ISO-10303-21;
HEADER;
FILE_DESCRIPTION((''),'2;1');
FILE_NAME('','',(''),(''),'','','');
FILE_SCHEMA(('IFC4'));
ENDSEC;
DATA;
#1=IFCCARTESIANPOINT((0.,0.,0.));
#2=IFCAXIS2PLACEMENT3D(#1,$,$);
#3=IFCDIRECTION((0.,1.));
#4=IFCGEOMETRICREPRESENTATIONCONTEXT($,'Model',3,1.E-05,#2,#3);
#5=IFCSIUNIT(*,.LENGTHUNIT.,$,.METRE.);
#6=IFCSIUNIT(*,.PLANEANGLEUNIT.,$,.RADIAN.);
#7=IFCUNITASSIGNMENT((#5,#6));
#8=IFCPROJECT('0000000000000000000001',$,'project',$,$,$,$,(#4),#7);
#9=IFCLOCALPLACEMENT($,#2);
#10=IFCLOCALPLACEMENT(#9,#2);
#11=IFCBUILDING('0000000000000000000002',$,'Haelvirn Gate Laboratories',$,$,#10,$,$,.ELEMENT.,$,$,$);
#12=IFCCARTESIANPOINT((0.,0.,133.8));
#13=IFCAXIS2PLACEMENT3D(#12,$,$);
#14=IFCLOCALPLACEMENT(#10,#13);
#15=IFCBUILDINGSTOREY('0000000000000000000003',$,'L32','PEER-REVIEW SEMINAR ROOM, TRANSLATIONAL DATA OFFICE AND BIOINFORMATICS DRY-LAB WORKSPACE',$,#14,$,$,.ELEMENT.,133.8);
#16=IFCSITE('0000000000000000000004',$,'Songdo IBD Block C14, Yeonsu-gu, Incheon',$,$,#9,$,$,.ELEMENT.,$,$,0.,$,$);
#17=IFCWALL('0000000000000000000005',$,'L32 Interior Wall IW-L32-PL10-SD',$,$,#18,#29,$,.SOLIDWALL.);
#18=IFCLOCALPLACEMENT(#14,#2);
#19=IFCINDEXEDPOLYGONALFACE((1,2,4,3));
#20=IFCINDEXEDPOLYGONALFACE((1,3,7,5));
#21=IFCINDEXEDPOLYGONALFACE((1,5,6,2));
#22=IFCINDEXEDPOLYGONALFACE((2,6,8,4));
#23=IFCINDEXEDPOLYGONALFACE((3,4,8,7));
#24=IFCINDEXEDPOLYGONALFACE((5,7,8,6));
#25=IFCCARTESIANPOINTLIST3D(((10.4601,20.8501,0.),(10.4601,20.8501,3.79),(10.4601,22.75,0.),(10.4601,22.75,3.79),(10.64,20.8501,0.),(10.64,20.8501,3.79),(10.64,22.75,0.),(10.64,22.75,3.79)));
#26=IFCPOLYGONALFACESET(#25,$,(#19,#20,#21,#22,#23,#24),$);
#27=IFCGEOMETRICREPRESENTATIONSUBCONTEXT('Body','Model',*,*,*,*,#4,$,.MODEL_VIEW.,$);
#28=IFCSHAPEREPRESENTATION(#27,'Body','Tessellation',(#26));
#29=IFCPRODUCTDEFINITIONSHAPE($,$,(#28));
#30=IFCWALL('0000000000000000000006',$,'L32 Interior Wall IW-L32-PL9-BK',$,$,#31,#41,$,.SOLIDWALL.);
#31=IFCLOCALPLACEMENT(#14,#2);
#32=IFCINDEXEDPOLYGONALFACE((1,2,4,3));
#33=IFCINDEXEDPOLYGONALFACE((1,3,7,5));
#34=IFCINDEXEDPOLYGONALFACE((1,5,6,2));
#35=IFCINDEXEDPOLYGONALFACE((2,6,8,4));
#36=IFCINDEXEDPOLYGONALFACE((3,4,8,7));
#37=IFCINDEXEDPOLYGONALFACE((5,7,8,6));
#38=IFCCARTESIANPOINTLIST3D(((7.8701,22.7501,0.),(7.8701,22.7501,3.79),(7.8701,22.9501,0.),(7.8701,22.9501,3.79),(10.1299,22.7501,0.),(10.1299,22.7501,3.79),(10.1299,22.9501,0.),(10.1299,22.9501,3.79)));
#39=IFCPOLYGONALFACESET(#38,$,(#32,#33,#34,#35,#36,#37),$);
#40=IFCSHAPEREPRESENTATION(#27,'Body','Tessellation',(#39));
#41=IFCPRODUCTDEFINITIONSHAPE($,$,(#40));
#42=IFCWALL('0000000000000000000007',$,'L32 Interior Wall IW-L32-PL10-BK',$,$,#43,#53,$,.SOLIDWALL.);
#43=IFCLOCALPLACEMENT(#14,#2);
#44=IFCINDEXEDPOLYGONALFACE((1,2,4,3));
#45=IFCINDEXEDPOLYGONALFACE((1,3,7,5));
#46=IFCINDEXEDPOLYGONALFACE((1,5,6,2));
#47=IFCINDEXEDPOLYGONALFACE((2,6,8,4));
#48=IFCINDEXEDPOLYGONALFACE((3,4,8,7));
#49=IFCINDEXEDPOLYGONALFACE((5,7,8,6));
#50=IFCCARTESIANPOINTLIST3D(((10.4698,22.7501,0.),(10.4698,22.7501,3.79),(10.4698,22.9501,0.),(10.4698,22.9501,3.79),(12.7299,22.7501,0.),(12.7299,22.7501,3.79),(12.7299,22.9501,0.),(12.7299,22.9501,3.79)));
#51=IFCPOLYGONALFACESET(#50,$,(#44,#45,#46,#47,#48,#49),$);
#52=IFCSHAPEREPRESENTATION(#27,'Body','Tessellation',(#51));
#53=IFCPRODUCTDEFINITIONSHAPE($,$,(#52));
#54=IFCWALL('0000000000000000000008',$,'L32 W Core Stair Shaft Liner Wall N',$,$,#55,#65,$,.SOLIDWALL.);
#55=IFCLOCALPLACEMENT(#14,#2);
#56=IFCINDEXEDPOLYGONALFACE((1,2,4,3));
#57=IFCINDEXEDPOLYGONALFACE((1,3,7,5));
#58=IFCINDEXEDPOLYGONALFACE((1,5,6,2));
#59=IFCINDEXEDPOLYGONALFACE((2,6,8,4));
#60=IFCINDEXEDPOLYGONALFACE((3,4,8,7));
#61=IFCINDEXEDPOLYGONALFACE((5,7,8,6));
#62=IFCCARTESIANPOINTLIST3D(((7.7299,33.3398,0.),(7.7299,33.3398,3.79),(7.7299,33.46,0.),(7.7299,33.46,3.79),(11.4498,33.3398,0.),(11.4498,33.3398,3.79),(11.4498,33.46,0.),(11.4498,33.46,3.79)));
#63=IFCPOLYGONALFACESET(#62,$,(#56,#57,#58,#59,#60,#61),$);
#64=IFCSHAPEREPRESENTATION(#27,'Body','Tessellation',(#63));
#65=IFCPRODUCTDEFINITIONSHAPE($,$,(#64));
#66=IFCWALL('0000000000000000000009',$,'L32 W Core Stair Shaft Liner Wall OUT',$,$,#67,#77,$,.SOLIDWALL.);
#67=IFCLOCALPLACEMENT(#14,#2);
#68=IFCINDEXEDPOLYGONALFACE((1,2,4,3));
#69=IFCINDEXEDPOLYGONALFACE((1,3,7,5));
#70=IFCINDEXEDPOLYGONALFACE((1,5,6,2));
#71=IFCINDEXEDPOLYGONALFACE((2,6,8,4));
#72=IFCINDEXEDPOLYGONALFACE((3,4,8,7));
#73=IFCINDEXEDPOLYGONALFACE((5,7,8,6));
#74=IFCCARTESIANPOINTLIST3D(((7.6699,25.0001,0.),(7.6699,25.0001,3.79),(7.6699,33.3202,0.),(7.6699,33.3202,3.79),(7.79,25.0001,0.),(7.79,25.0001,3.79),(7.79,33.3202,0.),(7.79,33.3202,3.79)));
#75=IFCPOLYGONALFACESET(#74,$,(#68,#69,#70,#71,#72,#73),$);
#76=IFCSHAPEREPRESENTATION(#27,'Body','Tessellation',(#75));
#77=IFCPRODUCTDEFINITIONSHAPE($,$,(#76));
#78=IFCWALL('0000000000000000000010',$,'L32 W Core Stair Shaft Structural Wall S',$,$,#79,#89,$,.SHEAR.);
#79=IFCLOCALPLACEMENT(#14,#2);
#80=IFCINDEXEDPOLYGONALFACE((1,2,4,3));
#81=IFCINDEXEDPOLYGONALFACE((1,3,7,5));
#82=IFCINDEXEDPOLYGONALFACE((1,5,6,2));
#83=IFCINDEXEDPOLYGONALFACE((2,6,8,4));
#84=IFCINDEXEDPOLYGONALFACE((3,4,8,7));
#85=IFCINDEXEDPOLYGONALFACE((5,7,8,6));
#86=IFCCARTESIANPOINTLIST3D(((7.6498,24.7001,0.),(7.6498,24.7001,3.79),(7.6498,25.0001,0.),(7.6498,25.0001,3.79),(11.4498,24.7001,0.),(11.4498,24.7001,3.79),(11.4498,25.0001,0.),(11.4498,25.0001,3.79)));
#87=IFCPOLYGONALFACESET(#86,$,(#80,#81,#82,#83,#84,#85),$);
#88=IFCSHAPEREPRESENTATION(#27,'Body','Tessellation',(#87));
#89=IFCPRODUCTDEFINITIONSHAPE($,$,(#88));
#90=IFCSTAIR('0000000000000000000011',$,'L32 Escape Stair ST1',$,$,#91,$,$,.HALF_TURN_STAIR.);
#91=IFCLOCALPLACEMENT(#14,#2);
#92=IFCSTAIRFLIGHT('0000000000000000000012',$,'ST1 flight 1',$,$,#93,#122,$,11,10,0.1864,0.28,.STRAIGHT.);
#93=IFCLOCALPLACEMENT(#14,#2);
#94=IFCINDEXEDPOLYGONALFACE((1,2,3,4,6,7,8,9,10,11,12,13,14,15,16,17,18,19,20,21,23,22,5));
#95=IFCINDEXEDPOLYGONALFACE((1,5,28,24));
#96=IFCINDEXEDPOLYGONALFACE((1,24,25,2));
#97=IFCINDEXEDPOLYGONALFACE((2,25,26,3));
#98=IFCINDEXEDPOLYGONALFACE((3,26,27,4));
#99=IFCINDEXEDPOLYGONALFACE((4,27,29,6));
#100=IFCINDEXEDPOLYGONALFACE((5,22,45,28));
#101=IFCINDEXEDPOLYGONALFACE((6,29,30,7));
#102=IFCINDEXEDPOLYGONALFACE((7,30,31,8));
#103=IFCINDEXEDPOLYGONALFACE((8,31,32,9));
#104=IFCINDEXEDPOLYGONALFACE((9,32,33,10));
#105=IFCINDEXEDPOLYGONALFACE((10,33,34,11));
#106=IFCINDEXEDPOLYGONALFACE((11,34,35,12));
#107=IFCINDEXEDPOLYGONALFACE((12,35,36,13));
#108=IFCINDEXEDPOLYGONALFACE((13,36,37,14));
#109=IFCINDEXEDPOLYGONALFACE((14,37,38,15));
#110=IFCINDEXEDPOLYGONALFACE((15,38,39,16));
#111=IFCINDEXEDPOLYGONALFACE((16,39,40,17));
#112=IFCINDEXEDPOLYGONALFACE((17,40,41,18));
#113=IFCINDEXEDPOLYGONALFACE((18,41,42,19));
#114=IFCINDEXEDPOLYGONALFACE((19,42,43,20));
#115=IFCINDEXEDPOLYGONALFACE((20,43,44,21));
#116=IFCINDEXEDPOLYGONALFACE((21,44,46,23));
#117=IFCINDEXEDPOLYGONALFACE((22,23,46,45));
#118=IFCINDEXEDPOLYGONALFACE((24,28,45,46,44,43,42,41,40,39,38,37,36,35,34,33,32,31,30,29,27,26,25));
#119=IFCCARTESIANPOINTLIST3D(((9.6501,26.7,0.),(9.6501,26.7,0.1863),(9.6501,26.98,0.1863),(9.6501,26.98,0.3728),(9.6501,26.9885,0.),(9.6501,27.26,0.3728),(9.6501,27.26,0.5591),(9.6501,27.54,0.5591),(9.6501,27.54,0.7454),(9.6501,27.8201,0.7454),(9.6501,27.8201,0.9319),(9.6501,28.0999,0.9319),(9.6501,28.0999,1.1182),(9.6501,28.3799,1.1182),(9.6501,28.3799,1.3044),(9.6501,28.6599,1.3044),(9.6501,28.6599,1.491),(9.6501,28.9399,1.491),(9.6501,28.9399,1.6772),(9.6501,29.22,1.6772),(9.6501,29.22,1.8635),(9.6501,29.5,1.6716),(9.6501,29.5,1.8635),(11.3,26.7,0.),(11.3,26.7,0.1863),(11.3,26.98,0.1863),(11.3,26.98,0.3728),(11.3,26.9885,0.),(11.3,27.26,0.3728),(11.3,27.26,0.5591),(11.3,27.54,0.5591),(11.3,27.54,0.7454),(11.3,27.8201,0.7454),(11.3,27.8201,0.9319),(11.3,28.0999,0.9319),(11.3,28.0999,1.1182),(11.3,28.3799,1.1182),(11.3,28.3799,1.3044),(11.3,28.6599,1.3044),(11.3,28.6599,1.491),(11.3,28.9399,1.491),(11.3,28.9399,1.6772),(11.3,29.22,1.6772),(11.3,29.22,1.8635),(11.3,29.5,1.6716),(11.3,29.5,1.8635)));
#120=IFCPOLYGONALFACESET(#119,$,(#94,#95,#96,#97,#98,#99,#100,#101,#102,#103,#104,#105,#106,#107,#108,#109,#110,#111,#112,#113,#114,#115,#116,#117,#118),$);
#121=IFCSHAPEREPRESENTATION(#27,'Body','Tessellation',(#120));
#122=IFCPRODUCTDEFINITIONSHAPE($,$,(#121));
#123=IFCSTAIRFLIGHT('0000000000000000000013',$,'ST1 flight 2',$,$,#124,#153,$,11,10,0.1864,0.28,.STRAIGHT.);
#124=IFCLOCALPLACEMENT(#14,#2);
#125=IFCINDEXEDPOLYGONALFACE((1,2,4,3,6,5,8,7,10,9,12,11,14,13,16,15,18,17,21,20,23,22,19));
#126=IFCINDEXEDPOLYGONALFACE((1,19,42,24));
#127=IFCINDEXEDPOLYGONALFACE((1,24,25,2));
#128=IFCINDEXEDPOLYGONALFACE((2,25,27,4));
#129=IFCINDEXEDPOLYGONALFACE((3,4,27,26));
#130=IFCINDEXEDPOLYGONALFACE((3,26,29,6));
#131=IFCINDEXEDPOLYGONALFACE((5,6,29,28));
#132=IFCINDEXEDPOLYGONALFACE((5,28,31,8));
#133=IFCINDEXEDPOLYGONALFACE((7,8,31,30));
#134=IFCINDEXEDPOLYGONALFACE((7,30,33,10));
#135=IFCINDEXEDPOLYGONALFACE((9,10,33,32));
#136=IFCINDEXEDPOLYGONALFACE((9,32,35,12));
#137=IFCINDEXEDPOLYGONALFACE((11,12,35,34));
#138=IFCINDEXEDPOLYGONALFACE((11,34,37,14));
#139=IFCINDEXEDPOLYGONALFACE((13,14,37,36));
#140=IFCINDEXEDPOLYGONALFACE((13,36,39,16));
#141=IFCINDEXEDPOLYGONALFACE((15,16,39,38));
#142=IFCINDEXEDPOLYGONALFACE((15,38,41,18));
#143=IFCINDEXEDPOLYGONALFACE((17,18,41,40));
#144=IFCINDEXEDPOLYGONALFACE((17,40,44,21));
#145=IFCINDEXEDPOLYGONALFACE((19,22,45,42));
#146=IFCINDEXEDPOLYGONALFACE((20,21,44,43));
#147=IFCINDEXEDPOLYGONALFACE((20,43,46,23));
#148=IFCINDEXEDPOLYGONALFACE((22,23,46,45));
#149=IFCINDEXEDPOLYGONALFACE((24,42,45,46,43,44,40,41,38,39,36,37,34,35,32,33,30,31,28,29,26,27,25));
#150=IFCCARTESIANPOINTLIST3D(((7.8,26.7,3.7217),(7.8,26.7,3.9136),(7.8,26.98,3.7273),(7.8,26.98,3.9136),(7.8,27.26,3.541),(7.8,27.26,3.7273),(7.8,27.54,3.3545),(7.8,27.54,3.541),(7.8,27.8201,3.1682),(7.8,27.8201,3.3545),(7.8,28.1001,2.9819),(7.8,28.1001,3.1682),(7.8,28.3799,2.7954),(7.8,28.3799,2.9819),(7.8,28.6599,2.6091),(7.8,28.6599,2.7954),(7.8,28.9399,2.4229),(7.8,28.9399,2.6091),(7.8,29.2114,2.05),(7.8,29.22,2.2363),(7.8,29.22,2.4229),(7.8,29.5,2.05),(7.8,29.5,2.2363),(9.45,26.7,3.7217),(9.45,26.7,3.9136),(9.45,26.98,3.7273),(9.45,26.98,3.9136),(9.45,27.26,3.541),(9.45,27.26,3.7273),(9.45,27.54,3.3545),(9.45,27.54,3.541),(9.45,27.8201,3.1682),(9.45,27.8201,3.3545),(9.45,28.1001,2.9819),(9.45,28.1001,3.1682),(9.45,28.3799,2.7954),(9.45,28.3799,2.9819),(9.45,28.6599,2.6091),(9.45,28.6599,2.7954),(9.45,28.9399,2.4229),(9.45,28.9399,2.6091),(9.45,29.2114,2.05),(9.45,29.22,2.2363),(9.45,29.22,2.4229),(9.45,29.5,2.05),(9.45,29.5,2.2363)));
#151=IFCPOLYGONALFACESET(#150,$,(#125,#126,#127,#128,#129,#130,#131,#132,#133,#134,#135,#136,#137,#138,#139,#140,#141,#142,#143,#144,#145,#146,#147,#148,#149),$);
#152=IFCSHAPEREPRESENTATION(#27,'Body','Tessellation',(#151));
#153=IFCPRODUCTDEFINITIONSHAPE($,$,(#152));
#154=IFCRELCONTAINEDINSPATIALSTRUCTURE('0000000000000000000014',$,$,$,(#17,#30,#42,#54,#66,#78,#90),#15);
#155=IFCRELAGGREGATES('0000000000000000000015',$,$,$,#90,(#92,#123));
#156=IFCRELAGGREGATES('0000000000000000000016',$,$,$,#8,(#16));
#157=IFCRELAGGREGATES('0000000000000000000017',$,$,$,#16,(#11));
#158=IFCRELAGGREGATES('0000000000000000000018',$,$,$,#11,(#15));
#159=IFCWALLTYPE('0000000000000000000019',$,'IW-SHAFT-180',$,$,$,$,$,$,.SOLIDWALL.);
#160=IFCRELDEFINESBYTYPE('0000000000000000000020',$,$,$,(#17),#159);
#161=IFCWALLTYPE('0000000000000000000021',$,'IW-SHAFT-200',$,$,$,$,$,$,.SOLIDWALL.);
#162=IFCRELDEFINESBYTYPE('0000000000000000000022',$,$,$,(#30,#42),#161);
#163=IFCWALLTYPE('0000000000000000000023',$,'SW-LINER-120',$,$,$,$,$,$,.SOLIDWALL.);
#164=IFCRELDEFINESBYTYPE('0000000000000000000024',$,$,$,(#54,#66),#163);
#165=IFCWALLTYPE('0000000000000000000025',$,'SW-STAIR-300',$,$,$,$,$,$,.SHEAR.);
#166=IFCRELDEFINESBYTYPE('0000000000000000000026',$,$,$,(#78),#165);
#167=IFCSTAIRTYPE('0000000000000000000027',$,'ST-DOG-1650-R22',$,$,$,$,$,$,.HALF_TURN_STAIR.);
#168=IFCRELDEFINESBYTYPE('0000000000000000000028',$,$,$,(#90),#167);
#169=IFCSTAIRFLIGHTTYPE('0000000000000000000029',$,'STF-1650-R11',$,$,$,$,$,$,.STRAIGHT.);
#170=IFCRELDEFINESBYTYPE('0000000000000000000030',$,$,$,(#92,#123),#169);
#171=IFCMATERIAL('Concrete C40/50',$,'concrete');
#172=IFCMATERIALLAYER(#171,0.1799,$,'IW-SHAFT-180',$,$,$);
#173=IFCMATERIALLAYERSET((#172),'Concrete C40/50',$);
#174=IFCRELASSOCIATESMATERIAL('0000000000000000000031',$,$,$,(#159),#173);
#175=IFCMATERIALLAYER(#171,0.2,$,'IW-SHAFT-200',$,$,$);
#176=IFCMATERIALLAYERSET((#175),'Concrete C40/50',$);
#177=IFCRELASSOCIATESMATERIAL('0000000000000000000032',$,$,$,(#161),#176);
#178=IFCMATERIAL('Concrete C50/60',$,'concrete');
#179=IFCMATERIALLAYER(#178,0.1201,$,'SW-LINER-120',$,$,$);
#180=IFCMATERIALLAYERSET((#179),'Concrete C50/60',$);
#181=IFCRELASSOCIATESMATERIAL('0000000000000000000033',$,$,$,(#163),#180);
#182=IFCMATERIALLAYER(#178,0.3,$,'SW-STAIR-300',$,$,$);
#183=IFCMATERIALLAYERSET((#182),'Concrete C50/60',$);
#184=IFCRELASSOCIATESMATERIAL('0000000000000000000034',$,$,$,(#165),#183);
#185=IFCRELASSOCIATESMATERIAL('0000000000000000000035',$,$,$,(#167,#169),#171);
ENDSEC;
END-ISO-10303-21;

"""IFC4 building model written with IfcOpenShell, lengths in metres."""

from ifc_helpers import new_model, si_unit, direction, frame, frame_2d, origin, place, context, subcontext, project, spatial, polyline, rectangle, outline, extrude, source, transform, mapped, material, layer, layer_set, type_object, type_shapes, element, aggregate, save


model = new_model("IFC4")

# Units and contexts
model_context = context("Model", 3, precision=1e-05, world=origin(), true_north=direction((0.0, 1.0)))
body_context = subcontext(model_context, "Body", "Model", "MODEL_VIEW")
ifc_project = project(units=[si_unit("LENGTHUNIT", "METRE"), si_unit("PLANEANGLEUNIT", "RADIAN")], contexts=[model_context])

# Site, building, storey
site_placement = place(None, origin())
site = spatial("IfcSite", under=ifc_project, at=site_placement, Name="Songdo IBD Block C14, Yeonsu-gu, Incheon", CompositionType="ELEMENT", RefElevation=0.0)
building_placement = place(site_placement, origin())
building = spatial("IfcBuilding", under=site, at=building_placement, Name="Haelvirn Gate Laboratories", CompositionType="ELEMENT")
storey_placement = place(building_placement, frame((0.0, 0.0, 133.8)))
storey = spatial("IfcBuildingStorey", under=building, at=storey_placement, Name="L32", Description="PEER-REVIEW SEMINAR ROOM, TRANSLATIONAL DATA OFFICE AND BIOINFORMATICS DRY-LAB WORKSPACE", CompositionType="ELEMENT", Elevation=133.8)

# Walls
ifc_material_1 = material(Name="Concrete C40/50", Category="concrete")
ifc_layer_1 = layer(ifc_material_1, 0.1799, Name="IW-SHAFT-180")
ifc_layer_set_1 = layer_set([ifc_layer_1], Name="Concrete C40/50")
wall_type_1 = type_object("IfcWallType", Name="IW-SHAFT-180", PredefinedType="SOLIDWALL", material=ifc_layer_set_1)
for number, where, z_axis, x_axis, name in (
    (1, (10.55, 20.8501, 0.0), (0.0, 0.0, 1.0), (0.0, 1.0, 0.0), "L32 Interior Wall IW-L32-PL10-SD"),
):
    element("IfcWall", number, at=place(storey_placement, frame(where, z_axis=z_axis, x_axis=x_axis)), inside=storey, type_object=wall_type_1, Name=name, PredefinedType="SOLIDWALL", context=body_context, shape_type="SweptSolid", body=[
        extrude(rectangle(XDim=1.8999, YDim=0.1799, at=frame_2d((0.95, 0.0))), origin(), (0.0, 0.0, 1.0), 3.79),
    ])
ifc_layer_2 = layer(ifc_material_1, 0.2, Name="IW-SHAFT-200")
ifc_layer_set_2 = layer_set([ifc_layer_2], Name="Concrete C40/50")
wall_type_2 = type_object("IfcWallType", Name="IW-SHAFT-200", PredefinedType="SOLIDWALL", material=ifc_layer_set_2)
wall_1_placement = place(storey_placement, frame((7.8701, 22.8501, 0.0), z_axis=(0.0, 0.0, 1.0), x_axis=(1.0, 0.0, 0.0)))
element("IfcWall", 2, at=wall_1_placement, inside=storey, type_object=wall_type_2, Name="L32 Interior Wall IW-L32-PL9-BK", PredefinedType="SOLIDWALL", context=body_context, shape_type="SweptSolid", body=[
    extrude(rectangle(XDim=2.2598, YDim=0.2, at=frame_2d((1.1299, 0.0))), origin(), (0.0, 0.0, 1.0), 3.79),
])
wall_2_placement = place(storey_placement, frame((10.47, 22.8501, 0.0), z_axis=(0.0, 0.0, 1.0), x_axis=(1.0, 0.0, 0.0)))
element("IfcWall", 3, at=wall_2_placement, inside=storey, type_object=wall_type_2, Name="L32 Interior Wall IW-L32-PL10-BK", PredefinedType="SOLIDWALL", context=body_context, shape_type="SweptSolid", body=[
    extrude(rectangle(XDim=2.26, YDim=0.2, at=frame_2d((1.1299, 0.0))), origin(), (0.0, 0.0, 1.0), 3.79),
])
ifc_material_2 = material(Name="Concrete C50/60", Category="concrete")
ifc_layer_3 = layer(ifc_material_2, 0.1201, Name="SW-LINER-120")
ifc_layer_set_3 = layer_set([ifc_layer_3], Name="Concrete C50/60")
wall_type_3 = type_object("IfcWallType", Name="SW-LINER-120", PredefinedType="SOLIDWALL", material=ifc_layer_set_3)
wall_3_placement = place(storey_placement, frame((7.73, 33.3999, 0.0), z_axis=(0.0, 0.0, 1.0), x_axis=(1.0, 0.0, 0.0)))
element("IfcWall", 4, at=wall_3_placement, inside=storey, type_object=wall_type_3, Name="L32 W Core Stair Shaft Liner Wall N", PredefinedType="SOLIDWALL", context=body_context, shape_type="SweptSolid", body=[
    extrude(rectangle(XDim=3.72, YDim=0.1201, at=frame_2d((1.8599, 0.0))), origin(), (0.0, 0.0, 1.0), 3.79),
])
wall_4_placement = place(storey_placement, frame((7.73, 25.0, 0.0), z_axis=(0.0, 0.0, 1.0), x_axis=(0.0, 1.0, 0.0)))
element("IfcWall", 5, at=wall_4_placement, inside=storey, type_object=wall_type_3, Name="L32 W Core Stair Shaft Liner Wall OUT", PredefinedType="SOLIDWALL", context=body_context, shape_type="SweptSolid", body=[
    extrude(rectangle(XDim=8.3201, YDim=0.1201, at=frame_2d((4.1602, 0.0))), origin(), (0.0, 0.0, 1.0), 3.79),
])
ifc_layer_4 = layer(ifc_material_2, 0.3, Name="SW-STAIR-300")
ifc_layer_set_4 = layer_set([ifc_layer_4], Name="Concrete C50/60")
wall_type_4 = type_object("IfcWallType", Name="SW-STAIR-300", PredefinedType="SHEAR", material=ifc_layer_set_4)
wall_5_placement = place(storey_placement, frame((7.6499, 24.8501, 0.0), z_axis=(0.0, 0.0, 1.0), x_axis=(1.0, 0.0, 0.0)))
element("IfcWall", 6, at=wall_5_placement, inside=storey, type_object=wall_type_4, Name="L32 W Core Stair Shaft Structural Wall S", PredefinedType="SHEAR", context=body_context, shape_type="SweptSolid", body=[
    extrude(rectangle(XDim=3.8, YDim=0.3, at=frame_2d((1.8999, 0.0))), origin(), (0.0, 0.0, 1.0), 3.79),
])

# Stair, stair flights
stair_type = type_object("IfcStairType", Name="ST-DOG-1650-R22", PredefinedType="HALF_TURN_STAIR", material=ifc_material_1)
stair_placement = place(storey_placement, origin())
stair = element("IfcStair", 7, at=stair_placement, inside=storey, type_object=stair_type, Name="L32 Escape Stair ST1", PredefinedType="HALF_TURN_STAIR")
stair_flight_type = type_object("IfcStairFlightType", Name="STF-1650-R11", PredefinedType="STRAIGHT", material=ifc_material_1)
shared_shape_1 = source(origin(), body_context, "Body", "SweptSolid", [
    extrude(outline(polyline([(0.0, 0.0), (0.0, 0.1863), (0.28, 0.1863), (0.28, 0.3728), (0.5601, 0.3728), (0.5601, 0.5591), (0.8401, 0.5591), (0.8401, 0.7454), (1.1201, 0.7454), (1.1201, 0.9319), (1.3999, 0.9319), (1.3999, 1.1182), (1.6799, 1.1182), (1.6799, 1.3044), (1.96, 1.3044), (1.96, 1.491), (2.24, 1.491), (2.24, 1.6772), (2.52, 1.6772), (2.52, 1.8635), (2.8, 1.8635), (2.8, 2.05), (2.8, 1.6716), (0.2886, 0.0), (0.0, 0.0)])), frame((0.0, 0.825, 0.0), z_axis=(0.0, -1.0, 0.0), x_axis=(1.0, 0.0, 0.0)), (0.0, 0.0, 1.0), 1.6499),
])
type_shapes(stair_flight_type, [shared_shape_1])
stair_flight_1_placement = place(storey_placement, frame((10.4751, 26.7, 0.0), z_axis=(0.0, 0.0, 1.0), x_axis=(0.0, 1.0, 0.0)))
stair_flight_1 = element("IfcStairFlight", 8, at=stair_flight_1_placement, type_object=stair_flight_type, Name="ST1 flight 1", NumberOfRisers=11, NumberOfTreads=10, PredefinedType="STRAIGHT", RiserHeight=0.1864, TreadLength=0.28, context=body_context, shape_type="MappedRepresentation", body=[
    mapped(shared_shape_1, transform((0.0, 0.0, 0.0), scale=1.0)),
])
stair_flight_2_placement = place(storey_placement, frame((8.625, 29.5, 2.05), z_axis=(0.0, 0.0, 1.0), x_axis=(0.0, -1.0, 0.0)))
stair_flight_2 = element("IfcStairFlight", 9, at=stair_flight_2_placement, type_object=stair_flight_type, Name="ST1 flight 2", NumberOfRisers=11, NumberOfTreads=10, PredefinedType="STRAIGHT", RiserHeight=0.1864, TreadLength=0.28, context=body_context, shape_type="MappedRepresentation", body=[
    mapped(shared_shape_1, transform((0.0, 0.0, 0.0), scale=1.0)),
])
aggregate(stair, [stair_flight_1, stair_flight_2])

save(model, "model.ifc")
